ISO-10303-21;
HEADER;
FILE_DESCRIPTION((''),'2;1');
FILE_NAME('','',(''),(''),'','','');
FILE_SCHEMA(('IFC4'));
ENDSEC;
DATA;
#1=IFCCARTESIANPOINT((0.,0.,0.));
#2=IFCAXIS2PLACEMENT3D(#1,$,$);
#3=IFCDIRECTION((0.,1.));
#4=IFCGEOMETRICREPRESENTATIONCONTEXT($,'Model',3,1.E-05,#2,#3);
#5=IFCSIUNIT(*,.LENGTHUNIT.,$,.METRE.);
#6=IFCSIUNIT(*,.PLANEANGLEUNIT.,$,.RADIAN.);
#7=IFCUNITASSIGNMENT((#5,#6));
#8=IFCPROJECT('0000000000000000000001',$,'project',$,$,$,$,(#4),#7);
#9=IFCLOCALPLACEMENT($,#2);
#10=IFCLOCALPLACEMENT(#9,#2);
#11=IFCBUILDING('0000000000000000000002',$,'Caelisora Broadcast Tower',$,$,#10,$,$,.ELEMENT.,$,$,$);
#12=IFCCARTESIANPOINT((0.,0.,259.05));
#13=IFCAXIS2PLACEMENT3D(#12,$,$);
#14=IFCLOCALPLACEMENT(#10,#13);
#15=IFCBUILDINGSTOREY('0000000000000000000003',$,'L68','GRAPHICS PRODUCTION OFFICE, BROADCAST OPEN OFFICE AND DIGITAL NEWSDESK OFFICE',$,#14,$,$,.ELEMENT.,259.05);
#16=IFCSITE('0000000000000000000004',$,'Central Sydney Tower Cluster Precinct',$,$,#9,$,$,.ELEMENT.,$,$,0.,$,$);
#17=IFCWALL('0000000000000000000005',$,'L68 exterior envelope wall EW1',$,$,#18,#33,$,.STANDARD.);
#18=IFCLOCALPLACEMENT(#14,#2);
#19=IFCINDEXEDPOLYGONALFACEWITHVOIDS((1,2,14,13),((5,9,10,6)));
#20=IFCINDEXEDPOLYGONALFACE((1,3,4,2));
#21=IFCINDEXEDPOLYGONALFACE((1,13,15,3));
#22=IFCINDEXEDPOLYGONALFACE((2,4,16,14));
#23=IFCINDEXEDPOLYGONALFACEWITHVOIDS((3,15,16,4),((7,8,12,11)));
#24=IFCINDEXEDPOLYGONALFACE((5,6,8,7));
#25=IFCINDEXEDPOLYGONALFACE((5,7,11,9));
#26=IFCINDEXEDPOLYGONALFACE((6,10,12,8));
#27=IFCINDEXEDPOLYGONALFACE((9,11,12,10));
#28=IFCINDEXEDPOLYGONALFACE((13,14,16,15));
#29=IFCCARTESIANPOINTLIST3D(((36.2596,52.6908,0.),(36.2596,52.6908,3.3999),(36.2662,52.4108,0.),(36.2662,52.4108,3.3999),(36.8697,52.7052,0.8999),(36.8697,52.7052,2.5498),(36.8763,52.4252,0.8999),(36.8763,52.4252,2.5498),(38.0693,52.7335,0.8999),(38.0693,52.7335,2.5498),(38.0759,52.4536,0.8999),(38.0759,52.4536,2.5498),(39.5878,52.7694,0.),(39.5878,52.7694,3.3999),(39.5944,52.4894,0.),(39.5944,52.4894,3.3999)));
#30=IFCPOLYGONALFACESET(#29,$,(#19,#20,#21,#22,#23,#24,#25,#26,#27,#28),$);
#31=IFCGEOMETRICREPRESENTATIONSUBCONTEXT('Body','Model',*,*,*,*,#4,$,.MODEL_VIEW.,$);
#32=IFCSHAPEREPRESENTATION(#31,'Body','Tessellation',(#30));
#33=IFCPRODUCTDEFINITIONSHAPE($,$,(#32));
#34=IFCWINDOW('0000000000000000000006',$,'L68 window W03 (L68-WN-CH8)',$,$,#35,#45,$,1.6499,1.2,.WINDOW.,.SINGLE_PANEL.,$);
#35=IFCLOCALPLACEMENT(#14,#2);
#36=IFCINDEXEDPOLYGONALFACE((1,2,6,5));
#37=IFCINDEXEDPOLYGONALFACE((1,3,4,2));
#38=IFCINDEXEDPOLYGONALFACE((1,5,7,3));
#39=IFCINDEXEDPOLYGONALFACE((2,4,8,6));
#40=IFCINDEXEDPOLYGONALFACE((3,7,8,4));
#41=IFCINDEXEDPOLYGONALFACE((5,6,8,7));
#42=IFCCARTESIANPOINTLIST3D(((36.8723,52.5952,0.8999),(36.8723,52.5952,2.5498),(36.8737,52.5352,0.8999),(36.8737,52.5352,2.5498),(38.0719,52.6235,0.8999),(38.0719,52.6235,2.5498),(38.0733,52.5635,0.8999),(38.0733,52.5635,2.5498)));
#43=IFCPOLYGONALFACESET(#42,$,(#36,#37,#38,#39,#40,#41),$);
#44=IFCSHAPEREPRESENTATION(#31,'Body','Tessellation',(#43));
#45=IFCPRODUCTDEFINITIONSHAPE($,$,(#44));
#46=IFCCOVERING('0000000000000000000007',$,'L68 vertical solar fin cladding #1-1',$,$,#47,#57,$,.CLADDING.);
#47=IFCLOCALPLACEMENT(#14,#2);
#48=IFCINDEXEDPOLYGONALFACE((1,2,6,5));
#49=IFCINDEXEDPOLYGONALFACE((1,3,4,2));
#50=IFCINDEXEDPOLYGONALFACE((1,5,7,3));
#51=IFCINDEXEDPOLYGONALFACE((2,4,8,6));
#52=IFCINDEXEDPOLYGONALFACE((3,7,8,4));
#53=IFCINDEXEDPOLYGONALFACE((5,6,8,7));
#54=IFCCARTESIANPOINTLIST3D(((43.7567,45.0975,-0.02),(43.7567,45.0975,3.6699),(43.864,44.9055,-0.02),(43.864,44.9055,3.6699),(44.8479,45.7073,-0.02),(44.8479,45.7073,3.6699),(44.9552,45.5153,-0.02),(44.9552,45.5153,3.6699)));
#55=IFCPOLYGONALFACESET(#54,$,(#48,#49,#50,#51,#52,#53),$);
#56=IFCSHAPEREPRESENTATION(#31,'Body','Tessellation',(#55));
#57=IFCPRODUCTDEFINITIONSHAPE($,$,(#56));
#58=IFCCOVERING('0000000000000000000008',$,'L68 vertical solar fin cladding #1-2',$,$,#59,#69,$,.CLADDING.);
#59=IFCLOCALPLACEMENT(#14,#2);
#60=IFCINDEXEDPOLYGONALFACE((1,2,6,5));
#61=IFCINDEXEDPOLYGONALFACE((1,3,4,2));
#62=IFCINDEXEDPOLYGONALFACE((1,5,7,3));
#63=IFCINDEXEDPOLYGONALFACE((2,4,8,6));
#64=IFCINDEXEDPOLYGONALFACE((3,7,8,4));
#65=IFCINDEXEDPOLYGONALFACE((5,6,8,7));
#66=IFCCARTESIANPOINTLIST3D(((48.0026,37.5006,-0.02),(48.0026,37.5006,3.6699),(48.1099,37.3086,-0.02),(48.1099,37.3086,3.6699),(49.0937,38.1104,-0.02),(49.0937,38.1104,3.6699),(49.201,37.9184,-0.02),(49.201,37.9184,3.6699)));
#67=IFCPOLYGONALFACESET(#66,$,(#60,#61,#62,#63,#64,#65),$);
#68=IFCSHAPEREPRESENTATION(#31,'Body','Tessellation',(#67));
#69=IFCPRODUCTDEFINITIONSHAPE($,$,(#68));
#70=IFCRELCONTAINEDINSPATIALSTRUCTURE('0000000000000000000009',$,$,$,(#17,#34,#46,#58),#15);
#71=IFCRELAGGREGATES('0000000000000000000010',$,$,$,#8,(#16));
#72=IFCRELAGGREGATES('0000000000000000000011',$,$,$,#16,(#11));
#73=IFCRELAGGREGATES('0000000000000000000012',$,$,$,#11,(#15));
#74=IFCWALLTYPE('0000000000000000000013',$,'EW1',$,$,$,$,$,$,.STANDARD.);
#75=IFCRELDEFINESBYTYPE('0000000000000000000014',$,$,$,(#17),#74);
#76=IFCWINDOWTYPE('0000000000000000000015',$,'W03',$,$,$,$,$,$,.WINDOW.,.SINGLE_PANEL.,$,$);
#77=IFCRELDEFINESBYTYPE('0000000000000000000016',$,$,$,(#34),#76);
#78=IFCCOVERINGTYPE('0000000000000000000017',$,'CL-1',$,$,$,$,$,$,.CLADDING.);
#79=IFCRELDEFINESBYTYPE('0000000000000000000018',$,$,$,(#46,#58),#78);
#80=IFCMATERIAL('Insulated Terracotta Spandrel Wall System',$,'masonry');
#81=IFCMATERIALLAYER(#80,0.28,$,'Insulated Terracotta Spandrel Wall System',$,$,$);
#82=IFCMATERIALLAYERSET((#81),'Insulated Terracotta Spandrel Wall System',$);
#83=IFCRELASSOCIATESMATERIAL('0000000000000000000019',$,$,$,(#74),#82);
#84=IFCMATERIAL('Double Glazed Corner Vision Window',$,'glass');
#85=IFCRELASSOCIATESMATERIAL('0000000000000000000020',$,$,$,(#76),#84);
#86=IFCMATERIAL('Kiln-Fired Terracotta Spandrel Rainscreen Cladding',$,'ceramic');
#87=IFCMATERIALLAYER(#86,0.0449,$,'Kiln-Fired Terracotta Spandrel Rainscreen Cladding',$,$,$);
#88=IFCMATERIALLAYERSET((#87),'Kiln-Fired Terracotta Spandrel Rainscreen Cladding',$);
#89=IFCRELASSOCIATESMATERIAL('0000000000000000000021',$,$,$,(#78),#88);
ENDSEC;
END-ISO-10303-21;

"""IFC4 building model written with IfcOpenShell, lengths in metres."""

from ifc_helpers import new_model, si_unit, direction, frame, frame_2d, origin, origin_2d, place, context, subcontext, project, spatial, rectangle, extrude, source, transform, mapped, material, layer, layer_set, type_object, type_shapes, element, fill, save


model = new_model("IFC4")

# Units and contexts
model_context = context("Model", 3, precision=1e-05, world=origin(), true_north=direction((0.0, 1.0)))
body_context = subcontext(model_context, "Body", "Model", "MODEL_VIEW")
ifc_project = project(units=[si_unit("LENGTHUNIT", "METRE"), si_unit("PLANEANGLEUNIT", "RADIAN")], contexts=[model_context])

# Site, building, storey
site_placement = place(None, origin())
site = spatial("IfcSite", under=ifc_project, at=site_placement, Name="Central Sydney Tower Cluster Precinct", CompositionType="ELEMENT", RefElevation=0.0)
building_placement = place(site_placement, origin())
building = spatial("IfcBuilding", under=site, at=building_placement, Name="Caelisora Broadcast Tower", CompositionType="ELEMENT")
storey_placement = place(building_placement, frame((0.0, 0.0, 259.05)))
storey = spatial("IfcBuildingStorey", under=building, at=storey_placement, Name="L68", Description="GRAPHICS PRODUCTION OFFICE, BROADCAST OPEN OFFICE AND DIGITAL NEWSDESK OFFICE", CompositionType="ELEMENT", Elevation=259.05)

# Wall, opening, window
ifc_material_1 = material(Name="Insulated Terracotta Spandrel Wall System", Category="masonry")
ifc_layer_1 = layer(ifc_material_1, 0.28, Name="Insulated Terracotta Spandrel Wall System")
ifc_layer_set_1 = layer_set([ifc_layer_1], Name="Insulated Terracotta Spandrel Wall System")
wall_type = type_object("IfcWallType", Name="EW1", PredefinedType="STANDARD", material=ifc_layer_set_1)
wall_placement = place(storey_placement, frame((36.2629, 52.5508, 0.0), z_axis=(0.0, 0.0, 1.0), x_axis=(0.999721, 0.023614, 0.0)))
wall = element("IfcWall", 1, at=wall_placement, inside=storey, type_object=wall_type, Name="L68 exterior envelope wall EW1", PredefinedType="STANDARD", context=body_context, shape_type="SweptSolid", body=[
    extrude(rectangle(XDim=3.3291, YDim=0.28, at=frame_2d((1.6646, 0.0))), origin(), (0.0, 0.0, 1.0), 3.3999),
])
opening_placement = place(wall_placement, frame((0.6101, 0.0, 0.8999)))
opening = element("IfcOpeningElement", 2, at=opening_placement, cuts=wall, PredefinedType="OPENING", context=body_context, shape_type="SweptSolid", body=[
    extrude(rectangle(XDim=1.2, YDim=1.6499, at=frame_2d((0.6001, 0.825))), frame((0.0, 0.1521, 0.0), z_axis=(0.0, -1.0, 0.0), x_axis=(1.0, 0.0, 0.0)), (0.0, 0.0, 1.0), 0.304),
])
ifc_material_2 = material(Name="Double Glazed Corner Vision Window", Category="glass")
window_type = type_object("IfcWindowType", Name="W03", PartitioningType="SINGLE_PANEL", PredefinedType="WINDOW", material=ifc_material_2)
window_placement = place(opening_placement, origin())
window = element("IfcWindow", 3, at=window_placement, inside=storey, type_object=window_type, Name="L68 window W03 (L68-WN-CH8)", OverallHeight=1.6499, OverallWidth=1.2, PartitioningType="SINGLE_PANEL", PredefinedType="WINDOW", context=body_context, shape_type="SweptSolid", body=[
    extrude(rectangle(XDim=1.2, YDim=1.6499, at=frame_2d((0.6001, 0.825))), frame((0.0, 0.03, 0.0), z_axis=(0.0, -1.0, 0.0), x_axis=(1.0, 0.0, 0.0)), (0.0, 0.0, 1.0), 0.0601),
])
fill(opening, window)

# Coverings
ifc_material_3 = material(Name="Kiln-Fired Terracotta Spandrel Rainscreen Cladding", Category="ceramic")
ifc_layer_2 = layer(ifc_material_3, 0.0449, Name="Kiln-Fired Terracotta Spandrel Rainscreen Cladding")
ifc_layer_set_2 = layer_set([ifc_layer_2], Name="Kiln-Fired Terracotta Spandrel Rainscreen Cladding")
covering_type = type_object("IfcCoveringType", Name="CL-1", PredefinedType="CLADDING", material=ifc_layer_set_2)
shared_shape_1 = source(origin(), body_context, "Body", "SweptSolid", [
    extrude(rectangle(XDim=0.22, YDim=1.25, at=origin_2d()), origin(), (0.0, 0.0, 1.0), 3.6899),
])
type_shapes(covering_type, [shared_shape_1])
for number, where, z_axis, x_axis, name in (
    (4, (44.356, 45.3064, -0.02), (0.0, 0.0, 1.0), (0.48786, -0.872922, 0.0), "L68 vertical solar fin cladding #1-1"),
    (5, (48.6018, 37.7095, -0.02), (0.0, 0.0, 1.0), (0.48786, -0.872922, 0.0), "L68 vertical solar fin cladding #1-2"),
):
    element("IfcCovering", number, at=place(storey_placement, frame(where, z_axis=z_axis, x_axis=x_axis)), inside=storey, type_object=covering_type, Name=name, PredefinedType="CLADDING", context=body_context, shape_type="MappedRepresentation", body=[
        mapped(shared_shape_1, transform((0.0, 0.0, 0.0), scale=1.0)),
    ])

save(model, "model.ifc")
